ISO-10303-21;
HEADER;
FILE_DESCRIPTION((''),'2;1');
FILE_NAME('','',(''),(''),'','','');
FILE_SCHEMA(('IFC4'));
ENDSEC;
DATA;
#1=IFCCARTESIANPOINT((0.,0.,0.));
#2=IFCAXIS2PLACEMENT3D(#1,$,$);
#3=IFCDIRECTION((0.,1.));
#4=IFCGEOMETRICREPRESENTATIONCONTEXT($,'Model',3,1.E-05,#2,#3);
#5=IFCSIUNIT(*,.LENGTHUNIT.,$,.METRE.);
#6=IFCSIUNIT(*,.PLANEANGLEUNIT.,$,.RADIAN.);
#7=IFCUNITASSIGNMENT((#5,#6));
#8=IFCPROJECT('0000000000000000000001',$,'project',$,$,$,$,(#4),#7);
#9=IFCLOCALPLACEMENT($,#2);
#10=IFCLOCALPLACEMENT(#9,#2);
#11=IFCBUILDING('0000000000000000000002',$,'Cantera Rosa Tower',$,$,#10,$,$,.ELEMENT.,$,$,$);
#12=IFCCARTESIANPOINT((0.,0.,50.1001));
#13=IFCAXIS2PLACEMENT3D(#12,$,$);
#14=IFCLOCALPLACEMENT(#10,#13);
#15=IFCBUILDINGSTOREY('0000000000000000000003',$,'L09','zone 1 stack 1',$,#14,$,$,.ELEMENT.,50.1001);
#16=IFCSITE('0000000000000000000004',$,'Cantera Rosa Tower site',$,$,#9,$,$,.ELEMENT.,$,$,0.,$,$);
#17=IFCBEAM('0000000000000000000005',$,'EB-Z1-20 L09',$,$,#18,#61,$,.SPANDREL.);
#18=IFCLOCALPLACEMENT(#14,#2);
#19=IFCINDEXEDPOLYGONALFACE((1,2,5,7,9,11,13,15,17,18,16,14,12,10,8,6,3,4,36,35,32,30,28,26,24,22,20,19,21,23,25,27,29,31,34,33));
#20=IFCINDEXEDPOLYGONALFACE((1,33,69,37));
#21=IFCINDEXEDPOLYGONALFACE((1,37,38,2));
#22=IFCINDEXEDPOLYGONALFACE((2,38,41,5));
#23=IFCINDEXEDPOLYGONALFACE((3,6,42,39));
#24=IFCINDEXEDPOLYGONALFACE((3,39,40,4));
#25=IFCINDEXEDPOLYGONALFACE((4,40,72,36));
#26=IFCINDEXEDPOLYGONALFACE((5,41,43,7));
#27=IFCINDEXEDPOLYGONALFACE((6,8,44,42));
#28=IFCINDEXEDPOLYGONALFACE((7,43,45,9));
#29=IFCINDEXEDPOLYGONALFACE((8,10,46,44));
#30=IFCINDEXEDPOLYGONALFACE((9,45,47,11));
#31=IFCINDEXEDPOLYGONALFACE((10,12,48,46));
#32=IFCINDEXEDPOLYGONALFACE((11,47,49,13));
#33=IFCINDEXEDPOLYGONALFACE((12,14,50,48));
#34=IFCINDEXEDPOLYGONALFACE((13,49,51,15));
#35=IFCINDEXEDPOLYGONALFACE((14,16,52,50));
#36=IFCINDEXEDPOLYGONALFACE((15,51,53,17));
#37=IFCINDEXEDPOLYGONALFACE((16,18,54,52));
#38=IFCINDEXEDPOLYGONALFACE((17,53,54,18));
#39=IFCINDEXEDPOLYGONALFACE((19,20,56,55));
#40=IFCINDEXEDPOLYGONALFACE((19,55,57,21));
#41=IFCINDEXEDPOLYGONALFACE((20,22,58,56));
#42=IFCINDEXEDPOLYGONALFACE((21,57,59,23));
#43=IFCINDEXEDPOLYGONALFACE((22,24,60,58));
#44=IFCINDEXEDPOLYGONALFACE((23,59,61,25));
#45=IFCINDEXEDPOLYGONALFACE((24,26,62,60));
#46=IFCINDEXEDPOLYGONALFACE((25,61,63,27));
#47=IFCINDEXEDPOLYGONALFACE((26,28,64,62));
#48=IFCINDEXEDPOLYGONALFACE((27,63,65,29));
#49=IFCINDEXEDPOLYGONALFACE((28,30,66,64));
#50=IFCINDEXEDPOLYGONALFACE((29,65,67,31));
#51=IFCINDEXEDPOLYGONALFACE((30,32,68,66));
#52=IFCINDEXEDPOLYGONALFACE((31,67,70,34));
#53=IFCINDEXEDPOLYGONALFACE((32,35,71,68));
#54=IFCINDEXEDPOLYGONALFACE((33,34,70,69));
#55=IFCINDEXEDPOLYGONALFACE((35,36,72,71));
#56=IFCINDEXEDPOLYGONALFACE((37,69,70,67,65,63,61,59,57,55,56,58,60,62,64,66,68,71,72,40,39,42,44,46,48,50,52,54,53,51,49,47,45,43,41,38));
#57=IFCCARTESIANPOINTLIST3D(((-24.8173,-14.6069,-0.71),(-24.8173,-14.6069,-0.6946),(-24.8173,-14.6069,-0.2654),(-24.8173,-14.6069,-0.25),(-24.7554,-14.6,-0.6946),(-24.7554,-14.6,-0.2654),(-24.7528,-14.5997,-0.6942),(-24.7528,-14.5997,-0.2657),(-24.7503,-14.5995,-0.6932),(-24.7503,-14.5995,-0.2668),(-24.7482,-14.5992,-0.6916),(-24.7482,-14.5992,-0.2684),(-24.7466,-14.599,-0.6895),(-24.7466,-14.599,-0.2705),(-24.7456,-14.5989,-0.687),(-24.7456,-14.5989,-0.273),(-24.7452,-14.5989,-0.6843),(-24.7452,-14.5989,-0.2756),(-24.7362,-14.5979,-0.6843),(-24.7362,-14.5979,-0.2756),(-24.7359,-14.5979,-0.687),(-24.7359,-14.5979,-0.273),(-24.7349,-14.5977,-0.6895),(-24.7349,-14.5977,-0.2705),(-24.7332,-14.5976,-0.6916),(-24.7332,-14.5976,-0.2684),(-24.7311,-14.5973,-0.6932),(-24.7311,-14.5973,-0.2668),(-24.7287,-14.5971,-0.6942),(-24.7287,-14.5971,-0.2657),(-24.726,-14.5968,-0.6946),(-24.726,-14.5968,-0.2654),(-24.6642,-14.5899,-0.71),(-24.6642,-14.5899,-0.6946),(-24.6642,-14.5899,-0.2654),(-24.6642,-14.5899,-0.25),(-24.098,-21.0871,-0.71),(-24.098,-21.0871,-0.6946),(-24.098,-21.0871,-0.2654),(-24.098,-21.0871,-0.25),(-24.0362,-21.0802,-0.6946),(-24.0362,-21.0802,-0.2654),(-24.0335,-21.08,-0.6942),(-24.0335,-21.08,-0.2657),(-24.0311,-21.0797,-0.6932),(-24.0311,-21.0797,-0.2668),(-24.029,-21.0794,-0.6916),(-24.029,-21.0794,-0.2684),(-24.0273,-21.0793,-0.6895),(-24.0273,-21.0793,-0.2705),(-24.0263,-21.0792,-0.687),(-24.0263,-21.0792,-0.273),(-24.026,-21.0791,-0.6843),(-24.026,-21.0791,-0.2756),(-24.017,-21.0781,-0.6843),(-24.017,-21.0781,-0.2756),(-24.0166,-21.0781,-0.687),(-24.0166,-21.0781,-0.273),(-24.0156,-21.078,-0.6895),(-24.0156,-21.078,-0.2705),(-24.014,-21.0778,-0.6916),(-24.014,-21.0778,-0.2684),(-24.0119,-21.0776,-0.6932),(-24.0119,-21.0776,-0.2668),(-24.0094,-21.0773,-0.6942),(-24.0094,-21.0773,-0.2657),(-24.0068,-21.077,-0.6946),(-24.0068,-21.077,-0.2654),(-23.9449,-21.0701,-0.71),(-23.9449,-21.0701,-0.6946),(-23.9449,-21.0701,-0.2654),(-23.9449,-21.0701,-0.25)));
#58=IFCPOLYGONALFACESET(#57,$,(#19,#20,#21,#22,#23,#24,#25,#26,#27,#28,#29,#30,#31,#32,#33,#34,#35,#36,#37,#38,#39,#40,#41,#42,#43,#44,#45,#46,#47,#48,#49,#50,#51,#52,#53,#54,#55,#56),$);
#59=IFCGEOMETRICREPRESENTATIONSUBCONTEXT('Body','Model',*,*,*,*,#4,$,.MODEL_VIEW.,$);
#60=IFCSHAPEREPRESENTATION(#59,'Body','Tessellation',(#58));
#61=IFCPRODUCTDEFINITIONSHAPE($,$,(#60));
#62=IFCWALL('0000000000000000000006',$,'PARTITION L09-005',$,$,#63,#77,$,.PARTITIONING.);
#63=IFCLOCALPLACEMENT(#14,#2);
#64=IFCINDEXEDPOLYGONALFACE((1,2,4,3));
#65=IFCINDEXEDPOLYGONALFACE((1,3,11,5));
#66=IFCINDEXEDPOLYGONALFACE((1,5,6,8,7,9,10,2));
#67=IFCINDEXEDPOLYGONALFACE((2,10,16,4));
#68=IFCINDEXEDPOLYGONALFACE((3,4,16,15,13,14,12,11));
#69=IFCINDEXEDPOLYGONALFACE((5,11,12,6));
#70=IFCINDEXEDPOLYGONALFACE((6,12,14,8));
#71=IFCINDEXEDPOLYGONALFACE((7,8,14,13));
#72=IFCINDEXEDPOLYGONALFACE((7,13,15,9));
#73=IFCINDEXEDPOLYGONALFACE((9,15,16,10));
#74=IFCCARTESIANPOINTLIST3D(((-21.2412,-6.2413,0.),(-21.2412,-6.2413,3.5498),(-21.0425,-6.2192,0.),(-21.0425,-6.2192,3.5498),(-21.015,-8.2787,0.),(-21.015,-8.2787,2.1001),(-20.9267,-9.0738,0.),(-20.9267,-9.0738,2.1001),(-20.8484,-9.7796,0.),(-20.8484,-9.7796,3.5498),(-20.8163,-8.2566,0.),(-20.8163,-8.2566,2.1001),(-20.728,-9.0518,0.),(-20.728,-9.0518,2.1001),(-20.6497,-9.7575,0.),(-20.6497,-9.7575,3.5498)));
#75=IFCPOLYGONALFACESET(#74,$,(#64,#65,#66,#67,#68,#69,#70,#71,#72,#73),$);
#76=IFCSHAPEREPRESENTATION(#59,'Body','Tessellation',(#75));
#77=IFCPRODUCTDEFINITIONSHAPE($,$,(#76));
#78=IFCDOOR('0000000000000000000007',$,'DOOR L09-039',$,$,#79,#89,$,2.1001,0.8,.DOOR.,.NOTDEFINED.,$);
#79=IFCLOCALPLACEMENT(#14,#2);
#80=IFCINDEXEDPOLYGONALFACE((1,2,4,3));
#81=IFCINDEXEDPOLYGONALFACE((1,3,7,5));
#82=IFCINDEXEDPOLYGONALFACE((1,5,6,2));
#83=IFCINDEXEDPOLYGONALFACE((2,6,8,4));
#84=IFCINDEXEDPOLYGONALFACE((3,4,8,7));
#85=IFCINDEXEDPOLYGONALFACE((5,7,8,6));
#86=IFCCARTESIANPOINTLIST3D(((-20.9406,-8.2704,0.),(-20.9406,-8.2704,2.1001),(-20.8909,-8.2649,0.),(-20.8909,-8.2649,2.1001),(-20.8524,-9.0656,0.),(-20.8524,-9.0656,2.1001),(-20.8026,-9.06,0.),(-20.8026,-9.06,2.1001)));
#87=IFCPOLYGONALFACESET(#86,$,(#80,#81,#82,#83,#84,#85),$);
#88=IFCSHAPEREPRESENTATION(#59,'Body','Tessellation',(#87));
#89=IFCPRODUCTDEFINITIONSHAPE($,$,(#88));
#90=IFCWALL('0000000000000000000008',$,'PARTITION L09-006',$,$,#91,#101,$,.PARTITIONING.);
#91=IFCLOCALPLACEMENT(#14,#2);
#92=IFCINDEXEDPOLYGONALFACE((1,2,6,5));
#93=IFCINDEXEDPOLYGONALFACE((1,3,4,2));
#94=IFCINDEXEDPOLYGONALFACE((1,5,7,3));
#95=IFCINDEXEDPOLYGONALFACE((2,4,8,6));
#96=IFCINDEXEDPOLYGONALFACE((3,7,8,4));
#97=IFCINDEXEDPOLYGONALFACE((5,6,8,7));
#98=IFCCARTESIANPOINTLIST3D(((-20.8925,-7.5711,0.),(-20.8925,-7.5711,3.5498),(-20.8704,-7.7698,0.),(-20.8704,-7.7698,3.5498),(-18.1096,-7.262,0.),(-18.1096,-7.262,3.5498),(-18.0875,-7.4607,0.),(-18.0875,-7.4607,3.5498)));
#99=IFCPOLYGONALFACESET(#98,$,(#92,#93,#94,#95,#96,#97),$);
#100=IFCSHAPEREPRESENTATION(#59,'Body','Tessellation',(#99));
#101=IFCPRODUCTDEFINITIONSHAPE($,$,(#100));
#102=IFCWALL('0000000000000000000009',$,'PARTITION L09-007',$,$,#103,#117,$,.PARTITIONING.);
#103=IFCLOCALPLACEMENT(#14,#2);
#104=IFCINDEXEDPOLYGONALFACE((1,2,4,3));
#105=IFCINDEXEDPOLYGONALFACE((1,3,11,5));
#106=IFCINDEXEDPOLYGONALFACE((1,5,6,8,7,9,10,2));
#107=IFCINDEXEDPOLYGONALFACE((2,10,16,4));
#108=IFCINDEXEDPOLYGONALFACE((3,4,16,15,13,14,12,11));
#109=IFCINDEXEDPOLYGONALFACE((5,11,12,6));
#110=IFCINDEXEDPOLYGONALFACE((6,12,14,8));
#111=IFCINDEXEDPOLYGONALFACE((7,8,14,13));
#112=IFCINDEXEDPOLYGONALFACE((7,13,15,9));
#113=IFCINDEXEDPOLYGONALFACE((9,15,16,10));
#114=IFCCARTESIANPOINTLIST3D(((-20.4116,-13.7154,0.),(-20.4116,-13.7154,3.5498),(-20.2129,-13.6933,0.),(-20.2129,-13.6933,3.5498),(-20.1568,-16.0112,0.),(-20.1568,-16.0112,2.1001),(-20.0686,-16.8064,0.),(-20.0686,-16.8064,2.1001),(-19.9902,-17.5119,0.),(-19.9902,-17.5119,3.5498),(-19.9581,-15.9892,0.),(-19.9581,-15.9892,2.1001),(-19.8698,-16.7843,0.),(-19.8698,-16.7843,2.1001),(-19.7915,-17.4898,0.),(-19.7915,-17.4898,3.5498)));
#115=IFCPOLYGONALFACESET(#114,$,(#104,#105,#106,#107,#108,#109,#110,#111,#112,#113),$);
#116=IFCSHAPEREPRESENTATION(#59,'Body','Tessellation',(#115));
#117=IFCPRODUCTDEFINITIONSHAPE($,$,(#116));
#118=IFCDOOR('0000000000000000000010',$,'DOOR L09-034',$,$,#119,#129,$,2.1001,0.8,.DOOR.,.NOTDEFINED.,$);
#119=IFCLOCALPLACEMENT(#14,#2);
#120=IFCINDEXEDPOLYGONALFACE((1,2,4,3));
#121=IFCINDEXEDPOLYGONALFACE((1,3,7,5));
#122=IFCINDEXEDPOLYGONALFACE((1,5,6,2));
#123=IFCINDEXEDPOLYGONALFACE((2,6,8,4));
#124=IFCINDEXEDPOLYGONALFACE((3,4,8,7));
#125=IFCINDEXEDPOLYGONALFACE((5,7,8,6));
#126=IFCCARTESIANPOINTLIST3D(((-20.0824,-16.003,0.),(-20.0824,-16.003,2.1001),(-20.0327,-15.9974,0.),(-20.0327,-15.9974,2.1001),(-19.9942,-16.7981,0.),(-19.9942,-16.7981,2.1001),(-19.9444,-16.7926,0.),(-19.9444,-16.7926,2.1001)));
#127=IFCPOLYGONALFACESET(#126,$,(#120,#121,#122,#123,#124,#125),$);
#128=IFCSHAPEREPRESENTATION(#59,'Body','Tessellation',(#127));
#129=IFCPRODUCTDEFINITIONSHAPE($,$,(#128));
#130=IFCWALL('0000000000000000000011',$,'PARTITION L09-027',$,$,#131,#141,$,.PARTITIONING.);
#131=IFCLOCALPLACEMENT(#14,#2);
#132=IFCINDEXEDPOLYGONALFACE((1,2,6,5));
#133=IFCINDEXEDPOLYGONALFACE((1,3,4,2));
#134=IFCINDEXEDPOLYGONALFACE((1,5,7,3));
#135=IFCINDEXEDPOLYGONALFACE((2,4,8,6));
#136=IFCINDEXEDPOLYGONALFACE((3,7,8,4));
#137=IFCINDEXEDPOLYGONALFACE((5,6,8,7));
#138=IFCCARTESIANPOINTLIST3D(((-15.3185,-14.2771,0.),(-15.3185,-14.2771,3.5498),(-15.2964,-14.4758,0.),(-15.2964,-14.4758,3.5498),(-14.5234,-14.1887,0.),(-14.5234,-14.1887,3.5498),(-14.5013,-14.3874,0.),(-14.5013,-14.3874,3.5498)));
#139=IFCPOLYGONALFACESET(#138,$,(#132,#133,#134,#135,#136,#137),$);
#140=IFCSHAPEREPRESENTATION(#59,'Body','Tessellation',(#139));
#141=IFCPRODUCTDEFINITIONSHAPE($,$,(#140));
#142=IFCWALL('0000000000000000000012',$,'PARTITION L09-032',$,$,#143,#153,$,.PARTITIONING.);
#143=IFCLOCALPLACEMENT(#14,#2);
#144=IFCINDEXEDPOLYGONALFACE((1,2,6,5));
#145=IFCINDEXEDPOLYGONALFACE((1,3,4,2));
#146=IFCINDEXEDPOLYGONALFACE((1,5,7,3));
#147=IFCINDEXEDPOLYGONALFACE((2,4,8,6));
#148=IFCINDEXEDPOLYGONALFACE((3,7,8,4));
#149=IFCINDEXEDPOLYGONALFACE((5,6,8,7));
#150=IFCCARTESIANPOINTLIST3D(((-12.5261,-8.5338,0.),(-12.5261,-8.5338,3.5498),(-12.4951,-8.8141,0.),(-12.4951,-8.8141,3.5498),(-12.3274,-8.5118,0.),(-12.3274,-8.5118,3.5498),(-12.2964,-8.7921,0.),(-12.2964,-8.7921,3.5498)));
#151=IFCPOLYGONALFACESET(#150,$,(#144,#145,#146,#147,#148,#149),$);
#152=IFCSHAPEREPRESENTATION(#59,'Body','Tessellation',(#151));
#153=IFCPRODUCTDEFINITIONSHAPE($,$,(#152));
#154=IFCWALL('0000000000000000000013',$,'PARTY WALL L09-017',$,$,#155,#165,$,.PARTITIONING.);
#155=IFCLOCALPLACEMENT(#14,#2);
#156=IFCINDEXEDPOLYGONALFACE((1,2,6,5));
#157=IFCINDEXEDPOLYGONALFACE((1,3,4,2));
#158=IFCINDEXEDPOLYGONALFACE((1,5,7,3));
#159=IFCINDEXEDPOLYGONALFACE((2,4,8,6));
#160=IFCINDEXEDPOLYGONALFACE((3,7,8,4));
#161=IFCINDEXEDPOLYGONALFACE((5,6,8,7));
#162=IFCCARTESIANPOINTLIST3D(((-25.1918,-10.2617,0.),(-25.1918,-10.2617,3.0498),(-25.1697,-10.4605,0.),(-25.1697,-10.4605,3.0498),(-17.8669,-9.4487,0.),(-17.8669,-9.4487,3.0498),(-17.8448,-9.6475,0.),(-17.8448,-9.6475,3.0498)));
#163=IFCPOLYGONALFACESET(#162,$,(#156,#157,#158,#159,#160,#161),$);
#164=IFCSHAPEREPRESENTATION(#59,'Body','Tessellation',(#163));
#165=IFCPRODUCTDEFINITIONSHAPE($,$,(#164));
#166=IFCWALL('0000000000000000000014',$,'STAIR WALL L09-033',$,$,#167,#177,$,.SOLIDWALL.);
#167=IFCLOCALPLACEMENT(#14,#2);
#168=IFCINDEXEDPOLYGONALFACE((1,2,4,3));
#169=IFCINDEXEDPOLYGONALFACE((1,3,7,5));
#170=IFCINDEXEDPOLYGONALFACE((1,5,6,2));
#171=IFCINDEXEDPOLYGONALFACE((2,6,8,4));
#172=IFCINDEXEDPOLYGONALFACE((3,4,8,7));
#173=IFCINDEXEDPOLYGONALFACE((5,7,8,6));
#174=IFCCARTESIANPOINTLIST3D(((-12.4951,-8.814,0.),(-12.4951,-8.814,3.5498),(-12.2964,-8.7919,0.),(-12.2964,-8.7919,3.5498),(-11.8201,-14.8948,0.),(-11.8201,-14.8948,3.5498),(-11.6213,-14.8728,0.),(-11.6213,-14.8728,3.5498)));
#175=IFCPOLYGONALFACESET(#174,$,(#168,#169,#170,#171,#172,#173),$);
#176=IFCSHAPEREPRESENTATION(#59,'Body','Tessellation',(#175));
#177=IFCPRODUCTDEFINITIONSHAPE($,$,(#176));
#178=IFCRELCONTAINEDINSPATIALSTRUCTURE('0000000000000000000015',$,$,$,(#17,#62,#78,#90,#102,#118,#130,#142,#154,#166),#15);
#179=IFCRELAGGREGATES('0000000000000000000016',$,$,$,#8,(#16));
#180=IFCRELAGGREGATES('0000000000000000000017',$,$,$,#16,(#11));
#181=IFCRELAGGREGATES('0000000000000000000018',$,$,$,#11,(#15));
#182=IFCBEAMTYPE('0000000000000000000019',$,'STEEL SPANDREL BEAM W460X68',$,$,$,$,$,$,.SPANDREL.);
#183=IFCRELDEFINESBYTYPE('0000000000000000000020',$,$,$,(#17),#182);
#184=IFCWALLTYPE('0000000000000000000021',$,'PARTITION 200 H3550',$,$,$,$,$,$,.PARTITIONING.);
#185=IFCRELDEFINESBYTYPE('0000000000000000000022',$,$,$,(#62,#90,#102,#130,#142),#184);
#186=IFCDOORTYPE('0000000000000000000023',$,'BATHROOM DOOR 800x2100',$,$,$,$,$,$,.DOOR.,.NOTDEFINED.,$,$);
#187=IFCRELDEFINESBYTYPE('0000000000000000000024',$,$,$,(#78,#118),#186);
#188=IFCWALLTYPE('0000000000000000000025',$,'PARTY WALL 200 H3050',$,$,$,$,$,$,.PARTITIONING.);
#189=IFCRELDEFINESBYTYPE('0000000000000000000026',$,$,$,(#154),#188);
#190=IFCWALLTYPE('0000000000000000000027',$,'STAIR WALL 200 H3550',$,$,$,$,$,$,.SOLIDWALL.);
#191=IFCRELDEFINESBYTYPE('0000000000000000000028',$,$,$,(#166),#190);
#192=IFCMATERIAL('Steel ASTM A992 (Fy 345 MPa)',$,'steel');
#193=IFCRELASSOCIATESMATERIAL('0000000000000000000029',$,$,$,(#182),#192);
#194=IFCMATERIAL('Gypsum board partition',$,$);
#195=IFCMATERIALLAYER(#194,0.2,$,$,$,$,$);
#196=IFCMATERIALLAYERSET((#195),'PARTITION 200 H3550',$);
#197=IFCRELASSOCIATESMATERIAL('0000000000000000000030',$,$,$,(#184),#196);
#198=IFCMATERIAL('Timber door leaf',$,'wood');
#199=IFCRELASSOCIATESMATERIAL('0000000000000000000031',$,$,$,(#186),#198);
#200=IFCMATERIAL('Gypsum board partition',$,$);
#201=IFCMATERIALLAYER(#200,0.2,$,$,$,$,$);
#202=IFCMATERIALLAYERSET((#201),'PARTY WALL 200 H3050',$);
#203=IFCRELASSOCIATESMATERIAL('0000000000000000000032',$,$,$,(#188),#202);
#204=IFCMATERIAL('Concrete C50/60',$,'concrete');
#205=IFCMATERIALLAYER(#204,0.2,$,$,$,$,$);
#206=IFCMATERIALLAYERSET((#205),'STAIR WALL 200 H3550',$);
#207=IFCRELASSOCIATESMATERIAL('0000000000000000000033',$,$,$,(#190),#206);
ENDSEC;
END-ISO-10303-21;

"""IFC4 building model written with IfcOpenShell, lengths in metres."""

from ifc_helpers import new_model, si_unit, direction, frame, frame_2d, origin, origin_2d, place, context, subcontext, project, spatial, rectangle, i_section, extrude, material, layer, layer_set, material_profile, profile_set, type_object, element, fill, save


model = new_model("IFC4")

# Units and contexts
model_context = context("Model", 3, precision=1e-05, world=origin(), true_north=direction((0.0, 1.0)))
body_context = subcontext(model_context, "Body", "Model", "MODEL_VIEW")
ifc_project = project(units=[si_unit("LENGTHUNIT", "METRE"), si_unit("PLANEANGLEUNIT", "RADIAN")], contexts=[model_context])

# Site, building, storey
site_placement = place(None, origin())
site = spatial("IfcSite", under=ifc_project, at=site_placement, Name="Cantera Rosa Tower site", CompositionType="ELEMENT", RefElevation=0.0)
building_placement = place(site_placement, origin())
building = spatial("IfcBuilding", under=site, at=building_placement, Name="Cantera Rosa Tower", CompositionType="ELEMENT")
storey_placement = place(building_placement, frame((0.0, 0.0, 50.1001)))
storey = spatial("IfcBuildingStorey", under=building, at=storey_placement, Name="L09", Description="zone 1 stack 1", CompositionType="ELEMENT", Elevation=50.1001)

# Beam
ifc_material_1 = material(Name="Steel ASTM A992 (Fy 345 MPa)", Category="steel")
ifc_material_profile_1 = material_profile(ifc_material_1, i_section(OverallWidth=0.1541, OverallDepth=0.46, WebThickness=0.009, FlangeThickness=0.0154, FilletRadius=0.0103, at=origin_2d()), Name="W460X68")
ifc_profile_set_1 = profile_set([ifc_material_profile_1], Name="Steel ASTM A992 (Fy 345 MPa)")
beam_type_1 = type_object("IfcBeamType", Name="STEEL SPANDREL BEAM W460X68", PredefinedType="SPANDREL", material=ifc_profile_set_1)
beam_1_placement = place(storey_placement, frame((-24.7407, -14.5984, -0.48), z_axis=(0.110312, -0.993897, 0.0), x_axis=(0.993897, 0.110312, 0.0)))
element("IfcBeam", 1, at=beam_1_placement, inside=storey, type_object=beam_type_1, Name="EB-Z1-20 L09", PredefinedType="SPANDREL", context=body_context, shape_type="SweptSolid", body=[
    extrude(i_section(OverallWidth=0.1541, OverallDepth=0.46, WebThickness=0.009, FlangeThickness=0.0154, FilletRadius=0.0103, at=origin_2d()), origin(), (0.0, 0.0, 1.0), 6.52),
])

# Wall, opening, door
ifc_material_2 = material(Name="Gypsum board partition")
ifc_layer_1 = layer(ifc_material_2, 0.2)
ifc_layer_set_1 = layer_set([ifc_layer_1], Name="PARTITION 200 H3550")
wall_type_1 = type_object("IfcWallType", Name="PARTITION 200 H3550", PredefinedType="PARTITIONING", material=ifc_layer_set_1)
wall_1_placement = place(storey_placement, frame((-21.1418, -6.2302, 0.0), z_axis=(0.0, 0.0, 1.0), x_axis=(0.110341, -0.993894, 0.0)))
wall_1 = element("IfcWall", 2, at=wall_1_placement, inside=storey, type_object=wall_type_1, Name="PARTITION L09-005", PredefinedType="PARTITIONING", context=body_context, shape_type="SweptSolid", body=[
    extrude(rectangle(XDim=3.5601, YDim=0.2, at=frame_2d((1.78, 0.0))), origin(), (0.0, 0.0, 1.0), 3.5498),
])
opening_1_placement = place(wall_1_placement, frame((2.05, 0.0, 0.0)))
opening_1 = element("IfcOpeningElement", 3, at=opening_1_placement, cuts=wall_1, PredefinedType="OPENING", context=body_context, shape_type="SweptSolid", body=[
    extrude(rectangle(XDim=0.8, YDim=2.1001, at=frame_2d((0.3999, 1.05))), frame((0.0, 0.1099, 0.0), z_axis=(0.0, -1.0, 0.0), x_axis=(1.0, 0.0, 0.0)), (0.0, 0.0, 1.0), 0.22),
])
ifc_material_3 = material(Name="Timber door leaf", Category="wood")
door_type_1 = type_object("IfcDoorType", Name="BATHROOM DOOR 800x2100", OperationType="NOTDEFINED", PredefinedType="DOOR", material=ifc_material_3)
door_1_placement = place(opening_1_placement, origin())
door_1 = element("IfcDoor", 4, at=door_1_placement, inside=storey, type_object=door_type_1, Name="DOOR L09-039", OperationType="NOTDEFINED", OverallHeight=2.1001, OverallWidth=0.8, PredefinedType="DOOR", context=body_context, shape_type="SweptSolid", body=[
    extrude(rectangle(XDim=0.8, YDim=2.1001, at=frame_2d((0.3999, 1.05))), frame((0.0, 0.0249, 0.0), z_axis=(0.0, -1.0, 0.0), x_axis=(1.0, 0.0, 0.0)), (0.0, 0.0, 1.0), 0.05),
])
fill(opening_1, door_1)

# Wall
wall_2_placement = place(storey_placement, frame((-20.8813, -7.6704, 0.0), z_axis=(0.0, 0.0, 1.0), x_axis=(0.993889, 0.110384, 0.0)))
element("IfcWall", 5, at=wall_2_placement, inside=storey, type_object=wall_type_1, Name="PARTITION L09-006", PredefinedType="PARTITIONING", context=body_context, shape_type="SweptSolid", body=[
    extrude(rectangle(XDim=2.8, YDim=0.2, at=frame_2d((1.3999, 0.0))), origin(), (0.0, 0.0, 1.0), 3.5498),
])

# Wall, opening, door
wall_3_placement = place(storey_placement, frame((-20.3123, -13.7043, 0.0), z_axis=(0.0, 0.0, 1.0), x_axis=(0.110312, -0.993897, 0.0)))
wall_3 = element("IfcWall", 6, at=wall_3_placement, inside=storey, type_object=wall_type_1, Name="PARTITION L09-007", PredefinedType="PARTITIONING", context=body_context, shape_type="SweptSolid", body=[
    extrude(rectangle(XDim=3.8198, YDim=0.2, at=frame_2d((1.9099, 0.0))), origin(), (0.0, 0.0, 1.0), 3.5498),
])
opening_2_placement = place(wall_3_placement, frame((2.3101, 0.0, 0.0)))
opening_2 = element("IfcOpeningElement", 7, at=opening_2_placement, cuts=wall_3, PredefinedType="OPENING", context=body_context, shape_type="SweptSolid", body=[
    extrude(rectangle(XDim=0.8, YDim=2.1001, at=frame_2d((0.3999, 1.05))), frame((0.0, 0.1099, 0.0), z_axis=(0.0, -1.0, 0.0), x_axis=(1.0, 0.0, 0.0)), (0.0, 0.0, 1.0), 0.22),
])
door_2_placement = place(opening_2_placement, origin())
door_2 = element("IfcDoor", 8, at=door_2_placement, inside=storey, type_object=door_type_1, Name="DOOR L09-034", OperationType="NOTDEFINED", OverallHeight=2.1001, OverallWidth=0.8, PredefinedType="DOOR", context=body_context, shape_type="SweptSolid", body=[
    extrude(rectangle(XDim=0.8, YDim=2.1001, at=frame_2d((0.3999, 1.05))), frame((0.0, 0.0249, 0.0), z_axis=(0.0, -1.0, 0.0), x_axis=(1.0, 0.0, 0.0)), (0.0, 0.0, 1.0), 0.05),
])
fill(opening_2, door_2)

# Walls
wall_4_placement = place(storey_placement, frame((-14.5125, -14.2881, 0.0), z_axis=(0.0, 0.0, 1.0), x_axis=(-0.99388, -0.110465, 0.0)))
element("IfcWall", 9, at=wall_4_placement, inside=storey, type_object=wall_type_1, Name="PARTITION L09-027", PredefinedType="PARTITIONING", context=body_context, shape_type="SweptSolid", body=[
    extrude(rectangle(XDim=0.8, YDim=0.2, at=frame_2d((0.3999, 0.0))), origin(), (0.0, 0.0, 1.0), 3.5498),
])
wall_5_placement = place(storey_placement, frame((-12.4268, -8.5227, 0.0), z_axis=(0.0, 0.0, 1.0), x_axis=(0.109956, -0.993936, 0.0)))
element("IfcWall", 10, at=wall_5_placement, inside=storey, type_object=wall_type_1, Name="PARTITION L09-032", PredefinedType="PARTITIONING", context=body_context, shape_type="SweptSolid", body=[
    extrude(rectangle(XDim=0.282, YDim=0.2, at=frame_2d((0.1411, 0.0))), origin(), (0.0, 0.0, 1.0), 3.5498),
])
ifc_material_4 = material(Name="Gypsum board partition")
ifc_layer_2 = layer(ifc_material_4, 0.2)
ifc_layer_set_2 = layer_set([ifc_layer_2], Name="PARTY WALL 200 H3050")
wall_type_2 = type_object("IfcWallType", Name="PARTY WALL 200 H3050", PredefinedType="PARTITIONING", material=ifc_layer_set_2)
wall_6_placement = place(storey_placement, frame((-17.8557, -9.5481, 0.0), z_axis=(0.0, 0.0, 1.0), x_axis=(-0.993897, -0.110312, 0.0)))
element("IfcWall", 11, at=wall_6_placement, inside=storey, type_object=wall_type_2, Name="PARTY WALL L09-017", PredefinedType="PARTITIONING", context=body_context, shape_type="SweptSolid", body=[
    extrude(rectangle(XDim=7.3699, YDim=0.2, at=frame_2d((3.6851, 0.0))), origin(), (0.0, 0.0, 1.0), 3.0498),
])
ifc_material_5 = material(Name="Concrete C50/60", Category="concrete")
ifc_layer_3 = layer(ifc_material_5, 0.2)
ifc_layer_set_3 = layer_set([ifc_layer_3], Name="STAIR WALL 200 H3550")
wall_type_3 = type_object("IfcWallType", Name="STAIR WALL 200 H3550", PredefinedType="SOLIDWALL", material=ifc_layer_set_3)
wall_7_placement = place(storey_placement, frame((-12.3958, -8.803, 0.0), z_axis=(0.0, 0.0, 1.0), x_axis=(0.110335, -0.993894, 0.0)))
element("IfcWall", 12, at=wall_7_placement, inside=storey, type_object=wall_type_3, Name="STAIR WALL L09-033", PredefinedType="SOLIDWALL", context=body_context, shape_type="SweptSolid", body=[
    extrude(rectangle(XDim=6.1182, YDim=0.2, at=frame_2d((3.0591, 0.0))), origin(), (0.0, 0.0, 1.0), 3.5498),
])

save(model, "model.ifc")
